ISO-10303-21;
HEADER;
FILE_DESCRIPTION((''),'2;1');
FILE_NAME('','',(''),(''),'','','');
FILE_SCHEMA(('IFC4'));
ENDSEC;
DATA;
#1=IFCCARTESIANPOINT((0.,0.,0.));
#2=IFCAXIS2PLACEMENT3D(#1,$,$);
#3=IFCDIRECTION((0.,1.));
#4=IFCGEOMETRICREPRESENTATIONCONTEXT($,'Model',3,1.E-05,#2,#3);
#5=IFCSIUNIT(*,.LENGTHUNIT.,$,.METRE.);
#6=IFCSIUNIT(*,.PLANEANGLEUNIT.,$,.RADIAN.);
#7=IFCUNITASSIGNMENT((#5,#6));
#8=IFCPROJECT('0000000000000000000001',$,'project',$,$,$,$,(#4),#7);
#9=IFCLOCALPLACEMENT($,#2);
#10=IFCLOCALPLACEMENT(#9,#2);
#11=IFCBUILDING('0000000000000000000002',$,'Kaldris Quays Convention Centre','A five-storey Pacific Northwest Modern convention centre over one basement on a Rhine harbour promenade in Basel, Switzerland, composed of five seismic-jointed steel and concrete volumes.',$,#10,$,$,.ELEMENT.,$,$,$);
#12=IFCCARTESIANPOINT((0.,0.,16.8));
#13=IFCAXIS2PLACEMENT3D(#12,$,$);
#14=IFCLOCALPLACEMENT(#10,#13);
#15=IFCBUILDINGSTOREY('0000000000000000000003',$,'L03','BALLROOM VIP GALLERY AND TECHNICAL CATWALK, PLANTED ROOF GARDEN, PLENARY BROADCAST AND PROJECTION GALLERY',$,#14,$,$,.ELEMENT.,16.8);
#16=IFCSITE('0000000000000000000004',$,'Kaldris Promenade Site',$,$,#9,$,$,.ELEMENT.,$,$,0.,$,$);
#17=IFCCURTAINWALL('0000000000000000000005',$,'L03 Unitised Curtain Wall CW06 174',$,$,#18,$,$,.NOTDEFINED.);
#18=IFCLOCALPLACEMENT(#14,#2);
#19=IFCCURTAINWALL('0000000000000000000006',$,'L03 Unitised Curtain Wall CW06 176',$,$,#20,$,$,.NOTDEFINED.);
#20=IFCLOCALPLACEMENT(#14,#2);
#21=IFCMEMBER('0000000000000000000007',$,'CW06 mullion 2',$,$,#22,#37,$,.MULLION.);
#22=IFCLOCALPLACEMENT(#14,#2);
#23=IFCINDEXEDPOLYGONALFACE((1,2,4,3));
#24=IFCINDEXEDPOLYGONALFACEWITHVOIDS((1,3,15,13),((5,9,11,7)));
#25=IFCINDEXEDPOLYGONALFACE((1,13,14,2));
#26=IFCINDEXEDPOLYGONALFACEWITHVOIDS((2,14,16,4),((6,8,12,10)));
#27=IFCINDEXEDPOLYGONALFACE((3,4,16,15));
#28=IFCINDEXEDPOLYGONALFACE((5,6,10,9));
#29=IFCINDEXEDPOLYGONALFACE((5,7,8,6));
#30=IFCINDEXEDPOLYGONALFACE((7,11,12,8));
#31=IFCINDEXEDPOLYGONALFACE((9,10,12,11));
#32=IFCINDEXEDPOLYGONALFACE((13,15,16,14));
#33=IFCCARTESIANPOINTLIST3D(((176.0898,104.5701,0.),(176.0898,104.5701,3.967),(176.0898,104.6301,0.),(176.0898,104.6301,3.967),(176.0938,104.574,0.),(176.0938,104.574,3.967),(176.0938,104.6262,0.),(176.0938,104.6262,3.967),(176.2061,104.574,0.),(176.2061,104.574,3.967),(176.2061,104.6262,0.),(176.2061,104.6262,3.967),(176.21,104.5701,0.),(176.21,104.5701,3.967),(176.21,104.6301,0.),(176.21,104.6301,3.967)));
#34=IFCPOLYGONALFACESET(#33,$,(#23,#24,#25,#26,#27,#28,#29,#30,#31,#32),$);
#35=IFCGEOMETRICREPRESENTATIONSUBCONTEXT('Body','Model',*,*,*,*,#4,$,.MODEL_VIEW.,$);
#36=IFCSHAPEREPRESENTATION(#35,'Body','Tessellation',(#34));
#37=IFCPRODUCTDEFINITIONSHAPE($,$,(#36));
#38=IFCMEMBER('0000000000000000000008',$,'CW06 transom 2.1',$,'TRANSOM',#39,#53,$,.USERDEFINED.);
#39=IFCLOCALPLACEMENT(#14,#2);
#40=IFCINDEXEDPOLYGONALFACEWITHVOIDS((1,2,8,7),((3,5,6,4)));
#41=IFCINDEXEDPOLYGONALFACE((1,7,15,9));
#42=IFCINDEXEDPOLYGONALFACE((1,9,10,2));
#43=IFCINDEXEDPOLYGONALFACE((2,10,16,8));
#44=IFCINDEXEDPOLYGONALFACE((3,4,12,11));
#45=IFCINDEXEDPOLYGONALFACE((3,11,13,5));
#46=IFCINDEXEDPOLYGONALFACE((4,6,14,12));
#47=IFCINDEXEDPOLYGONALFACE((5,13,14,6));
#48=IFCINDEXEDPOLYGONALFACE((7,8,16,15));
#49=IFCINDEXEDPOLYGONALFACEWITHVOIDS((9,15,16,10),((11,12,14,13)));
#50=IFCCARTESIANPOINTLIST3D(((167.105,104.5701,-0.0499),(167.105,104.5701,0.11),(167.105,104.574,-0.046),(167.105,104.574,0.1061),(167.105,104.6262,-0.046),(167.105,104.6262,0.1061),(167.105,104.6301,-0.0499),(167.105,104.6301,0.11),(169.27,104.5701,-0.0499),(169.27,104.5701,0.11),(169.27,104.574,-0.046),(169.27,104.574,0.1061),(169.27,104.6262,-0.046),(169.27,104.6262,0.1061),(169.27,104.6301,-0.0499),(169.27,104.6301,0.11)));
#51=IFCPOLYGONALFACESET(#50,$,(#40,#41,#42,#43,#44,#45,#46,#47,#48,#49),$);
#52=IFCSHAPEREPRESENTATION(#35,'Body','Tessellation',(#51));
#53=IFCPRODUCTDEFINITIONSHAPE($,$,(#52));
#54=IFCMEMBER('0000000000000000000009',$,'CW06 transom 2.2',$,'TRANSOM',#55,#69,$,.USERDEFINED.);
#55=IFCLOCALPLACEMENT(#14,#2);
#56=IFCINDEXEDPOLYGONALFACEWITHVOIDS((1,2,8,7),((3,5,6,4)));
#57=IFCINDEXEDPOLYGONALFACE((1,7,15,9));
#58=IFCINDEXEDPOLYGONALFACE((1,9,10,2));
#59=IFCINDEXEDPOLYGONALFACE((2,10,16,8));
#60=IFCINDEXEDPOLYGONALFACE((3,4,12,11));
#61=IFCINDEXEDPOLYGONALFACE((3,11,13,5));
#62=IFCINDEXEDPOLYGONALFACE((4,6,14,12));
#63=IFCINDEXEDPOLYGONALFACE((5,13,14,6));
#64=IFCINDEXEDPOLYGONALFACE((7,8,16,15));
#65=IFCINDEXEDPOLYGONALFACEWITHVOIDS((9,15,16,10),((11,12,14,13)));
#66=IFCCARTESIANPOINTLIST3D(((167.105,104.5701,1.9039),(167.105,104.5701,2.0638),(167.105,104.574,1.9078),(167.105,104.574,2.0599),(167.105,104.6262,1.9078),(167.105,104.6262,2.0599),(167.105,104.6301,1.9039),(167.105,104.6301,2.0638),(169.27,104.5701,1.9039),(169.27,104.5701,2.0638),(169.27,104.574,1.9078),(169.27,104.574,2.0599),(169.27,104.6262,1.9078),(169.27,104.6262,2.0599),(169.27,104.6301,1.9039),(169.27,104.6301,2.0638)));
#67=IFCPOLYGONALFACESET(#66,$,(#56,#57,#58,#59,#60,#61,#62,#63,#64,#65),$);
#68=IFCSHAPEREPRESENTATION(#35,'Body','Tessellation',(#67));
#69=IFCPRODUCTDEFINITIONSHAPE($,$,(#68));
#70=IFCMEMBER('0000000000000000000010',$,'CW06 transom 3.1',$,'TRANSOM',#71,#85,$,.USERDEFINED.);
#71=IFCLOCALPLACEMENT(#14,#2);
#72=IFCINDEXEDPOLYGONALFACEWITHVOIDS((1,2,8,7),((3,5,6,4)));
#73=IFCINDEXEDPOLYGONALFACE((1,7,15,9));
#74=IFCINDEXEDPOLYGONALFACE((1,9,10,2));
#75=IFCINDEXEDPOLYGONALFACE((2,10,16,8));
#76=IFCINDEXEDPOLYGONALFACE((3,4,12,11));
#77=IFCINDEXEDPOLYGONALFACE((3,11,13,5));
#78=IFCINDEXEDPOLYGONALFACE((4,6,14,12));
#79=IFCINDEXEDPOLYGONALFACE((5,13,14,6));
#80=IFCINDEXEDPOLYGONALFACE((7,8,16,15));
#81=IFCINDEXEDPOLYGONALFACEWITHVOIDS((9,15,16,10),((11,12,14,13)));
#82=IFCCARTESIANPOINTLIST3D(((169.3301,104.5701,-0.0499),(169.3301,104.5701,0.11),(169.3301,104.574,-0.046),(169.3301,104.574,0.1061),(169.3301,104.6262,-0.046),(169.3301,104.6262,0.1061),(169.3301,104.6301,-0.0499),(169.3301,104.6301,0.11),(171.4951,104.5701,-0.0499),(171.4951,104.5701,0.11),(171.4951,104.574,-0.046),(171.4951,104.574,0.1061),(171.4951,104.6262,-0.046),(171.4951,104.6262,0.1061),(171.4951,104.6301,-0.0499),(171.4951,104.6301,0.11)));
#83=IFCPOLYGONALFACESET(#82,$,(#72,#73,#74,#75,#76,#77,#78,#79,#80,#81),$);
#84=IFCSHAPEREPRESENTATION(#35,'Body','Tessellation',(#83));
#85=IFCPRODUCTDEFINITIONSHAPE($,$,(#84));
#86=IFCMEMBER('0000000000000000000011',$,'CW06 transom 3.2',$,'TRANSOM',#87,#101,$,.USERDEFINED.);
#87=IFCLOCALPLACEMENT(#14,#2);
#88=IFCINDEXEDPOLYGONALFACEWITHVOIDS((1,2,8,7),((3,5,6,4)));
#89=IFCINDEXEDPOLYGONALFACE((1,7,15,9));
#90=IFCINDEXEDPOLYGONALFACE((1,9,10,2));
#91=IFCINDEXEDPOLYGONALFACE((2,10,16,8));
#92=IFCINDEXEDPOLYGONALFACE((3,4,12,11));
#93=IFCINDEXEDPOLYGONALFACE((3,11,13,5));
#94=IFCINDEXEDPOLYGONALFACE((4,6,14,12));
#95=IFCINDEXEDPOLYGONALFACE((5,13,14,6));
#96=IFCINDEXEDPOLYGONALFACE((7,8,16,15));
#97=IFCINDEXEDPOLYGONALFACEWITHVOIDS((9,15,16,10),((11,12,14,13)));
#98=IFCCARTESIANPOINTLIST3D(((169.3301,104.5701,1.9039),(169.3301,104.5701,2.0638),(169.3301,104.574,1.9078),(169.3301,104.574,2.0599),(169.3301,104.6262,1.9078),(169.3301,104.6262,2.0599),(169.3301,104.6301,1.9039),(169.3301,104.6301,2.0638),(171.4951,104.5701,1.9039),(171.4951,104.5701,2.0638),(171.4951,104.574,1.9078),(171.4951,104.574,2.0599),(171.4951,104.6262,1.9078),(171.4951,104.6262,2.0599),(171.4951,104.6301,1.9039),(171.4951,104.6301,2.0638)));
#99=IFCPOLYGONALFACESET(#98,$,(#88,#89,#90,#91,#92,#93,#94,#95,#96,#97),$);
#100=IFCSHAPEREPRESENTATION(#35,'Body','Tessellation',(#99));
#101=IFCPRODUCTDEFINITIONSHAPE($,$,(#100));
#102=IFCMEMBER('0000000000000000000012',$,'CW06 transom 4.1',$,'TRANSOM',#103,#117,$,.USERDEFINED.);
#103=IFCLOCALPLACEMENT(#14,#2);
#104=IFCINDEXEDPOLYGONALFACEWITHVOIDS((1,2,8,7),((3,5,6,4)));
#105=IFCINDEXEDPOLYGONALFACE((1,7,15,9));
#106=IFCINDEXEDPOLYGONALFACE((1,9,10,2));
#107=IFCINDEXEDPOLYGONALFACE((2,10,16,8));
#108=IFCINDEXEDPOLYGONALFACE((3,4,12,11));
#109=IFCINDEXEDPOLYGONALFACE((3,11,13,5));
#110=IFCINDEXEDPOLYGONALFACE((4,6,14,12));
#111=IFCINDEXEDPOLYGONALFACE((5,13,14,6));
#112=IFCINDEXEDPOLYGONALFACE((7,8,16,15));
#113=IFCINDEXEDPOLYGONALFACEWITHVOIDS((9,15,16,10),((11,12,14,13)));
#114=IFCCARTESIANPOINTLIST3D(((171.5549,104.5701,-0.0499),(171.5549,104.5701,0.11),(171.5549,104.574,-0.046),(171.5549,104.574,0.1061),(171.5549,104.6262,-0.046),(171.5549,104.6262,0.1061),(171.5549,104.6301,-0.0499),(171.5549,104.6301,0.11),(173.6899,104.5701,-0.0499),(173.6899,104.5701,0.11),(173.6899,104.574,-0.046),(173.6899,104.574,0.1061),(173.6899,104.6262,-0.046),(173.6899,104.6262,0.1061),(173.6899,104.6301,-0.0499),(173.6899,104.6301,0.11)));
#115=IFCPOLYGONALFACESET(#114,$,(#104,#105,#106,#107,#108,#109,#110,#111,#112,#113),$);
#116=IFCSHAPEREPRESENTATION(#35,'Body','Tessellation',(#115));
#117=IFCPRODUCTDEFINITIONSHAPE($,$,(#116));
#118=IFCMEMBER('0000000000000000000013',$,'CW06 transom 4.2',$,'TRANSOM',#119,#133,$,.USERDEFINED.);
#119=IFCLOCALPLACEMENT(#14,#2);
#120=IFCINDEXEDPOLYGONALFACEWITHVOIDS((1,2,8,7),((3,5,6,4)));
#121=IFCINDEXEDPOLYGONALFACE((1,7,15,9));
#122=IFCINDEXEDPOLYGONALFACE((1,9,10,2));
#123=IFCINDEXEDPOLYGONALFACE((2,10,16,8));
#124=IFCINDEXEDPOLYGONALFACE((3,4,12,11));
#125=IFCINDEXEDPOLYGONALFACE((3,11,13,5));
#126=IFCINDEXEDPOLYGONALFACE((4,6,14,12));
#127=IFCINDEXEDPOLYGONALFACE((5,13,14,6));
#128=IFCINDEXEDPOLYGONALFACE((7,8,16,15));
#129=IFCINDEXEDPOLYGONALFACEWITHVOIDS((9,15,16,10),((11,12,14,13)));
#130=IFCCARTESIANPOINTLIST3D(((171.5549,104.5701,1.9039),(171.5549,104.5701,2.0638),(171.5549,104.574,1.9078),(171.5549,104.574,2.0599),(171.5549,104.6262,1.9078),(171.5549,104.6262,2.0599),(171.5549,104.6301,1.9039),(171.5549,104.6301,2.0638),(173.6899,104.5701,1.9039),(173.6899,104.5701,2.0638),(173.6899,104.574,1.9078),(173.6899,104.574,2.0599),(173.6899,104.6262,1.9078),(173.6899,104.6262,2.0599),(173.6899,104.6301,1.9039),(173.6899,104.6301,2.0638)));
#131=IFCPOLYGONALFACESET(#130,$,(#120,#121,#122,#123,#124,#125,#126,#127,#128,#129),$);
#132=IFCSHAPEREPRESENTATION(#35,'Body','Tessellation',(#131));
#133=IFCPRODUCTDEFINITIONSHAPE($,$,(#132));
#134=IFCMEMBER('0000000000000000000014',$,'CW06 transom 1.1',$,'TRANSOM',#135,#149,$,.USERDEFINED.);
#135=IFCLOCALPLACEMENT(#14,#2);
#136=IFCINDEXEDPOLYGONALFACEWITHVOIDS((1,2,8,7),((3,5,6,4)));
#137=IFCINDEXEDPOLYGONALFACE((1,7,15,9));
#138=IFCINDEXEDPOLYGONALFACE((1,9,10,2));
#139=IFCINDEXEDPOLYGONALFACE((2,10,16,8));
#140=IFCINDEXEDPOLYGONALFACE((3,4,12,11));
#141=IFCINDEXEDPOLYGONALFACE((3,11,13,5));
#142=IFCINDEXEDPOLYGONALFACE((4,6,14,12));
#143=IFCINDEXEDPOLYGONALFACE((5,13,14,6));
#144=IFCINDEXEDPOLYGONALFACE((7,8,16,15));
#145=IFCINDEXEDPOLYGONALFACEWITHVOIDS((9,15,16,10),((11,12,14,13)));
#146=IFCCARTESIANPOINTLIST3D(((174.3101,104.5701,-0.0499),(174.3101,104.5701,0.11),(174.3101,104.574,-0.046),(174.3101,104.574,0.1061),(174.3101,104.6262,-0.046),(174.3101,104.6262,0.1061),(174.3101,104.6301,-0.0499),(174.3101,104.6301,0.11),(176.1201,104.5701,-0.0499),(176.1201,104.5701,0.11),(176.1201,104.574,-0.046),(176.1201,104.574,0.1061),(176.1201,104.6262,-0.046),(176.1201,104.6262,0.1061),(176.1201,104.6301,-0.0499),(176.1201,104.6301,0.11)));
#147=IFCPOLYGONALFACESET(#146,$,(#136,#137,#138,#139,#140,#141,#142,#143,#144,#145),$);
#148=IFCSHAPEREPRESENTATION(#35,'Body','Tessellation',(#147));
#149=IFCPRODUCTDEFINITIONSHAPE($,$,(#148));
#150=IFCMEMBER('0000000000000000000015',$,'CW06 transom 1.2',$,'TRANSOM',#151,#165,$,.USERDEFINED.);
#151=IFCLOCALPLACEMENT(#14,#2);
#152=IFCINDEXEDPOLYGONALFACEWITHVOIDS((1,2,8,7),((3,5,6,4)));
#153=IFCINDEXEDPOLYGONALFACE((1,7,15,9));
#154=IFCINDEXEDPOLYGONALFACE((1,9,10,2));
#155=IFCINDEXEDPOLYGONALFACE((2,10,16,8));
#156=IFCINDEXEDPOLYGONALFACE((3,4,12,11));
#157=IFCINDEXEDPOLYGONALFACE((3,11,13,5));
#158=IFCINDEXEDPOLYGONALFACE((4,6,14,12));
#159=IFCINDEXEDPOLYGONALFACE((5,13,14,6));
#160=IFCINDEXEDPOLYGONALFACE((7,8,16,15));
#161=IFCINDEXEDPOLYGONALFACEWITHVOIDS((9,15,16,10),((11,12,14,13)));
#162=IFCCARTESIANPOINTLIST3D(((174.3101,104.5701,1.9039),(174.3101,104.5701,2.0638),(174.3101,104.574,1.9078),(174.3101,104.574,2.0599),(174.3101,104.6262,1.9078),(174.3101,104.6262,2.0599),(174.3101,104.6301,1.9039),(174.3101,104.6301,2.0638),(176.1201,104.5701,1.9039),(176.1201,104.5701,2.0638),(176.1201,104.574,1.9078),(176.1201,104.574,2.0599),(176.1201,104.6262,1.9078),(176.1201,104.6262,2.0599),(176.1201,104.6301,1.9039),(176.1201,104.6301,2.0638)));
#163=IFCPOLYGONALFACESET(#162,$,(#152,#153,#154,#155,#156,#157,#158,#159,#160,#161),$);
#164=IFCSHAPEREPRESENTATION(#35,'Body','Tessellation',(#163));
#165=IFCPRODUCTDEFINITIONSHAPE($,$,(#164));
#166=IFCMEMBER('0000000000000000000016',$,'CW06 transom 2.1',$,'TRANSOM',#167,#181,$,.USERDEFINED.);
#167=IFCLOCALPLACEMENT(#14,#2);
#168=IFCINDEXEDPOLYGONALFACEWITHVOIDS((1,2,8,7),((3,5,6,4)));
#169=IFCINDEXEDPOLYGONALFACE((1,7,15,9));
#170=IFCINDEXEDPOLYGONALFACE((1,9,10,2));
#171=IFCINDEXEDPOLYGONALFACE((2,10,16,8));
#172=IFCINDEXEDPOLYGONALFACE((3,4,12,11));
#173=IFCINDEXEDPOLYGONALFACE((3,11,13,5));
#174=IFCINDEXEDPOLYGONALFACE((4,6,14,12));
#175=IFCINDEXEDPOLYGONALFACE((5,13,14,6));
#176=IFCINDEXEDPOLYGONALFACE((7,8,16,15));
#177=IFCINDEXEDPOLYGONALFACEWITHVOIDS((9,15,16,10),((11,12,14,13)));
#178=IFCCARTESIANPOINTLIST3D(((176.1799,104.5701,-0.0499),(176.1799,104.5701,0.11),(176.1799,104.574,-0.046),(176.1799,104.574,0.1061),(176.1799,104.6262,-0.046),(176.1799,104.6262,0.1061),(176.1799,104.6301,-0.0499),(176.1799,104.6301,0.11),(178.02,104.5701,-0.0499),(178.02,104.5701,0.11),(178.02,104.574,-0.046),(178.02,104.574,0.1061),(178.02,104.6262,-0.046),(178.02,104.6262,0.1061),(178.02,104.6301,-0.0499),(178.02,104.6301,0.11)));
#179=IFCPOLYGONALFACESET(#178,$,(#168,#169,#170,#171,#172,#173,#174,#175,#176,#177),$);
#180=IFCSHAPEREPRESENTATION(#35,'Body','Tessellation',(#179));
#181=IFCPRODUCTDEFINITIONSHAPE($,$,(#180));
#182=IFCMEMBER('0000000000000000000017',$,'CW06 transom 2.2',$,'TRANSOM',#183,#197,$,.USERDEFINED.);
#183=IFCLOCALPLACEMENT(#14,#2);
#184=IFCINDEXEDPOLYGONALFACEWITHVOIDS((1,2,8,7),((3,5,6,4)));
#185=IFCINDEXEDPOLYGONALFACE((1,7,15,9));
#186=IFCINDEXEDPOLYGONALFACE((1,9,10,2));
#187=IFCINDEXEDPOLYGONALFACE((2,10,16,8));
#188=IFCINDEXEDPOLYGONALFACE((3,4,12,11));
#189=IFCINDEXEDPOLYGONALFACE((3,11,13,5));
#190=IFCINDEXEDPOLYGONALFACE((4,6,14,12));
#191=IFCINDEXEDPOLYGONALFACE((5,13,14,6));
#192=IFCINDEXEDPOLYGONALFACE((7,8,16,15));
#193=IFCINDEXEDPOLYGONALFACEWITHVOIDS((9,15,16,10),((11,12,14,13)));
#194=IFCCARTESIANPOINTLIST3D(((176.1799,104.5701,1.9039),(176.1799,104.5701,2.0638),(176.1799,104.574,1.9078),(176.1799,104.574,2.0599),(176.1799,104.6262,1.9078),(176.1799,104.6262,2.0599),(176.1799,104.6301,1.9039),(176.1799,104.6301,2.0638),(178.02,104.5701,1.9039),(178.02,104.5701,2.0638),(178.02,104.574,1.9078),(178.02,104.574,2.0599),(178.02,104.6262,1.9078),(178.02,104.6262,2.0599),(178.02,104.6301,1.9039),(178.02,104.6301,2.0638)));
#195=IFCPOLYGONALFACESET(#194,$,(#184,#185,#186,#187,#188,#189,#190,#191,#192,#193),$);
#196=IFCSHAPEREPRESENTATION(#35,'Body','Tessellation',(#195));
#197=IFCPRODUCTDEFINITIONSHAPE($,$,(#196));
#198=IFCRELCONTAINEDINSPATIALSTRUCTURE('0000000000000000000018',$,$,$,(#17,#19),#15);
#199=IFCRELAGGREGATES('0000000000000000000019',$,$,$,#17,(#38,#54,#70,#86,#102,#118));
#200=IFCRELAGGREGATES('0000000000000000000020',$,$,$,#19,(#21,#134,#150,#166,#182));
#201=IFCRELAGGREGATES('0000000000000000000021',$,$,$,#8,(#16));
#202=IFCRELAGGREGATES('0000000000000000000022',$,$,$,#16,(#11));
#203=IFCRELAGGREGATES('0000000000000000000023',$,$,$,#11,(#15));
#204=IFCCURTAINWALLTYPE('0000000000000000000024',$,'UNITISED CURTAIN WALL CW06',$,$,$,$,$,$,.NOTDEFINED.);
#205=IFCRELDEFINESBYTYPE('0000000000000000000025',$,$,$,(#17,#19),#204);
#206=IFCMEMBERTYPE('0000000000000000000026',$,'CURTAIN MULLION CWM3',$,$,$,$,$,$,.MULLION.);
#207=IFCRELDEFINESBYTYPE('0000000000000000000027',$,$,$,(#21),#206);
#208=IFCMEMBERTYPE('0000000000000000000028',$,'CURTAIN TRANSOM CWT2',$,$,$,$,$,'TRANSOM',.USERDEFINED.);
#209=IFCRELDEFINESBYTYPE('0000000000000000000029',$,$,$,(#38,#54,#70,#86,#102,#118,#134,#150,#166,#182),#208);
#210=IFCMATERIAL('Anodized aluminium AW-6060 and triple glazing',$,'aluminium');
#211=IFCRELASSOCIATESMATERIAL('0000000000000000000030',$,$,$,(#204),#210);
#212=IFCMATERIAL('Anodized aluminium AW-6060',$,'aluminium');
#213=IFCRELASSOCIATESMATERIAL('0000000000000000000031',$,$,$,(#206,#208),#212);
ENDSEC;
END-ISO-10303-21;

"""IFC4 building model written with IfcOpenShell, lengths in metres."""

from ifc_helpers import new_model, si_unit, direction, frame, origin, origin_2d, place, context, subcontext, project, spatial, hollow_rectangle, extrude, material, material_profile, profile_set, type_object, element, aggregate, save


model = new_model("IFC4")

# Units and contexts
model_context = context("Model", 3, precision=1e-05, world=origin(), true_north=direction((0.0, 1.0)))
body_context = subcontext(model_context, "Body", "Model", "MODEL_VIEW")
ifc_project = project(units=[si_unit("LENGTHUNIT", "METRE"), si_unit("PLANEANGLEUNIT", "RADIAN")], contexts=[model_context])

# Site, building, storey
site_placement = place(None, origin())
site = spatial("IfcSite", under=ifc_project, at=site_placement, Name="Kaldris Promenade Site", CompositionType="ELEMENT", RefElevation=0.0)
building_placement = place(site_placement, origin())
building = spatial("IfcBuilding", under=site, at=building_placement, Name="Kaldris Quays Convention Centre", Description="A five-storey Pacific Northwest Modern convention centre over one basement on a Rhine harbour promenade in Basel, Switzerland, composed of five seismic-jointed steel and concrete volumes.", CompositionType="ELEMENT")
storey_placement = place(building_placement, frame((0.0, 0.0, 16.8)))
storey = spatial("IfcBuildingStorey", under=building, at=storey_placement, Name="L03", Description="BALLROOM VIP GALLERY AND TECHNICAL CATWALK, PLANTED ROOF GARDEN, PLENARY BROADCAST AND PROJECTION GALLERY", CompositionType="ELEMENT", Elevation=16.8)

# Curtain walls, member
ifc_material_1 = material(Name="Anodized aluminium AW-6060 and triple glazing", Category="aluminium")
curtain_wall_type = type_object("IfcCurtainWallType", Name="UNITISED CURTAIN WALL CW06", PredefinedType="NOTDEFINED", material=ifc_material_1)
curtain_wall_1_placement = place(storey_placement, origin())
curtain_wall_1 = element("IfcCurtainWall", 1, at=curtain_wall_1_placement, inside=storey, type_object=curtain_wall_type, Name="L03 Unitised Curtain Wall CW06 174", PredefinedType="NOTDEFINED")
ifc_material_2 = material(Name="Anodized aluminium AW-6060", Category="aluminium")
ifc_material_profile_1 = material_profile(ifc_material_2, hollow_rectangle(XDim=0.0601, YDim=0.1201, WallThickness=0.0039, at=origin_2d()), Name="RHS 120x60x4")
ifc_profile_set_1 = profile_set([ifc_material_profile_1], Name="Anodized aluminium AW-6060")
member_type_1 = type_object("IfcMemberType", Name="CURTAIN MULLION CWM3", PredefinedType="MULLION", material=ifc_profile_set_1)
curtain_wall_2_placement = place(storey_placement, origin())
curtain_wall_2 = element("IfcCurtainWall", 2, at=curtain_wall_2_placement, inside=storey, type_object=curtain_wall_type, Name="L03 Unitised Curtain Wall CW06 176", PredefinedType="NOTDEFINED")
member_1_placement = place(storey_placement, frame((176.1499, 104.6001, 0.0), z_axis=(0.0, 0.0, 1.0), x_axis=(0.0, 1.0, 0.0)))
member_1 = element("IfcMember", 3, at=member_1_placement, type_object=member_type_1, Name="CW06 mullion 2", PredefinedType="MULLION", context=body_context, shape_type="SweptSolid", body=[
    extrude(hollow_rectangle(XDim=0.0601, YDim=0.1201, WallThickness=0.0039, at=origin_2d()), origin(), (0.0, 0.0, 1.0), 3.967),
])

# Members
ifc_material_profile_2 = material_profile(ifc_material_2, hollow_rectangle(XDim=0.0601, YDim=0.1599, WallThickness=0.0039, at=origin_2d()), Name="RHS 160x60x4")
ifc_profile_set_2 = profile_set([ifc_material_profile_2], Name="Anodized aluminium AW-6060")
member_type_2 = type_object("IfcMemberType", Name="CURTAIN TRANSOM CWT2", ElementType="TRANSOM", PredefinedType="USERDEFINED", material=ifc_profile_set_2)
member_2_placement = place(storey_placement, frame((167.105, 104.6001, 0.03), z_axis=(1.0, 0.0, 0.0), x_axis=(0.0, 1.0, 0.0)))
member_2 = element("IfcMember", 4, at=member_2_placement, type_object=member_type_2, Name="CW06 transom 2.1", ObjectType="TRANSOM", PredefinedType="USERDEFINED", context=body_context, shape_type="SweptSolid", body=[
    extrude(hollow_rectangle(XDim=0.0601, YDim=0.1599, WallThickness=0.0039, at=origin_2d()), origin(), (0.0, 0.0, 1.0), 2.165),
])
member_3_placement = place(storey_placement, frame((167.105, 104.6001, 1.9839), z_axis=(1.0, 0.0, 0.0), x_axis=(0.0, 1.0, 0.0)))
member_3 = element("IfcMember", 5, at=member_3_placement, type_object=member_type_2, Name="CW06 transom 2.2", ObjectType="TRANSOM", PredefinedType="USERDEFINED", context=body_context, shape_type="SweptSolid", body=[
    extrude(hollow_rectangle(XDim=0.0601, YDim=0.1599, WallThickness=0.0039, at=origin_2d()), origin(), (0.0, 0.0, 1.0), 2.165),
])
member_4_placement = place(storey_placement, frame((169.3301, 104.6001, 0.03), z_axis=(1.0, 0.0, 0.0), x_axis=(0.0, 1.0, 0.0)))
member_4 = element("IfcMember", 6, at=member_4_placement, type_object=member_type_2, Name="CW06 transom 3.1", ObjectType="TRANSOM", PredefinedType="USERDEFINED", context=body_context, shape_type="SweptSolid", body=[
    extrude(hollow_rectangle(XDim=0.0601, YDim=0.1599, WallThickness=0.0039, at=origin_2d()), origin(), (0.0, 0.0, 1.0), 2.165),
])
member_5_placement = place(storey_placement, frame((169.3301, 104.6001, 1.9839), z_axis=(1.0, 0.0, 0.0), x_axis=(0.0, 1.0, 0.0)))
member_5 = element("IfcMember", 7, at=member_5_placement, type_object=member_type_2, Name="CW06 transom 3.2", ObjectType="TRANSOM", PredefinedType="USERDEFINED", context=body_context, shape_type="SweptSolid", body=[
    extrude(hollow_rectangle(XDim=0.0601, YDim=0.1599, WallThickness=0.0039, at=origin_2d()), origin(), (0.0, 0.0, 1.0), 2.165),
])
member_6_placement = place(storey_placement, frame((171.5549, 104.6001, 0.03), z_axis=(1.0, 0.0, 0.0), x_axis=(0.0, 1.0, 0.0)))
member_6 = element("IfcMember", 8, at=member_6_placement, type_object=member_type_2, Name="CW06 transom 4.1", ObjectType="TRANSOM", PredefinedType="USERDEFINED", context=body_context, shape_type="SweptSolid", body=[
    extrude(hollow_rectangle(XDim=0.0601, YDim=0.1599, WallThickness=0.0039, at=origin_2d()), origin(), (0.0, 0.0, 1.0), 2.135),
])
member_7_placement = place(storey_placement, frame((171.5549, 104.6001, 1.9839), z_axis=(1.0, 0.0, 0.0), x_axis=(0.0, 1.0, 0.0)))
member_7 = element("IfcMember", 9, at=member_7_placement, type_object=member_type_2, Name="CW06 transom 4.2", ObjectType="TRANSOM", PredefinedType="USERDEFINED", context=body_context, shape_type="SweptSolid", body=[
    extrude(hollow_rectangle(XDim=0.0601, YDim=0.1599, WallThickness=0.0039, at=origin_2d()), origin(), (0.0, 0.0, 1.0), 2.135),
])
member_8_placement = place(storey_placement, frame((174.3101, 104.6001, 0.03), z_axis=(1.0, 0.0, 0.0), x_axis=(0.0, 1.0, 0.0)))
member_8 = element("IfcMember", 10, at=member_8_placement, type_object=member_type_2, Name="CW06 transom 1.1", ObjectType="TRANSOM", PredefinedType="USERDEFINED", context=body_context, shape_type="SweptSolid", body=[
    extrude(hollow_rectangle(XDim=0.0601, YDim=0.1599, WallThickness=0.0039, at=origin_2d()), origin(), (0.0, 0.0, 1.0), 1.8101),
])
member_9_placement = place(storey_placement, frame((174.3101, 104.6001, 1.9839), z_axis=(1.0, 0.0, 0.0), x_axis=(0.0, 1.0, 0.0)))
member_9 = element("IfcMember", 11, at=member_9_placement, type_object=member_type_2, Name="CW06 transom 1.2", ObjectType="TRANSOM", PredefinedType="USERDEFINED", context=body_context, shape_type="SweptSolid", body=[
    extrude(hollow_rectangle(XDim=0.0601, YDim=0.1599, WallThickness=0.0039, at=origin_2d()), origin(), (0.0, 0.0, 1.0), 1.8101),
])
member_10_placement = place(storey_placement, frame((176.1799, 104.6001, 0.03), z_axis=(1.0, 0.0, 0.0), x_axis=(0.0, 1.0, 0.0)))
member_10 = element("IfcMember", 12, at=member_10_placement, type_object=member_type_2, Name="CW06 transom 2.1", ObjectType="TRANSOM", PredefinedType="USERDEFINED", context=body_context, shape_type="SweptSolid", body=[
    extrude(hollow_rectangle(XDim=0.0601, YDim=0.1599, WallThickness=0.0039, at=origin_2d()), origin(), (0.0, 0.0, 1.0), 1.8401),
])
member_11_placement = place(storey_placement, frame((176.1799, 104.6001, 1.9839), z_axis=(1.0, 0.0, 0.0), x_axis=(0.0, 1.0, 0.0)))
member_11 = element("IfcMember", 13, at=member_11_placement, type_object=member_type_2, Name="CW06 transom 2.2", ObjectType="TRANSOM", PredefinedType="USERDEFINED", context=body_context, shape_type="SweptSolid", body=[
    extrude(hollow_rectangle(XDim=0.0601, YDim=0.1599, WallThickness=0.0039, at=origin_2d()), origin(), (0.0, 0.0, 1.0), 1.8401),
])

aggregate(curtain_wall_1, [member_2, member_3, member_4, member_5, member_6, member_7])
aggregate(curtain_wall_2, [member_1, member_8, member_9, member_10, member_11])

save(model, "model.ifc")
